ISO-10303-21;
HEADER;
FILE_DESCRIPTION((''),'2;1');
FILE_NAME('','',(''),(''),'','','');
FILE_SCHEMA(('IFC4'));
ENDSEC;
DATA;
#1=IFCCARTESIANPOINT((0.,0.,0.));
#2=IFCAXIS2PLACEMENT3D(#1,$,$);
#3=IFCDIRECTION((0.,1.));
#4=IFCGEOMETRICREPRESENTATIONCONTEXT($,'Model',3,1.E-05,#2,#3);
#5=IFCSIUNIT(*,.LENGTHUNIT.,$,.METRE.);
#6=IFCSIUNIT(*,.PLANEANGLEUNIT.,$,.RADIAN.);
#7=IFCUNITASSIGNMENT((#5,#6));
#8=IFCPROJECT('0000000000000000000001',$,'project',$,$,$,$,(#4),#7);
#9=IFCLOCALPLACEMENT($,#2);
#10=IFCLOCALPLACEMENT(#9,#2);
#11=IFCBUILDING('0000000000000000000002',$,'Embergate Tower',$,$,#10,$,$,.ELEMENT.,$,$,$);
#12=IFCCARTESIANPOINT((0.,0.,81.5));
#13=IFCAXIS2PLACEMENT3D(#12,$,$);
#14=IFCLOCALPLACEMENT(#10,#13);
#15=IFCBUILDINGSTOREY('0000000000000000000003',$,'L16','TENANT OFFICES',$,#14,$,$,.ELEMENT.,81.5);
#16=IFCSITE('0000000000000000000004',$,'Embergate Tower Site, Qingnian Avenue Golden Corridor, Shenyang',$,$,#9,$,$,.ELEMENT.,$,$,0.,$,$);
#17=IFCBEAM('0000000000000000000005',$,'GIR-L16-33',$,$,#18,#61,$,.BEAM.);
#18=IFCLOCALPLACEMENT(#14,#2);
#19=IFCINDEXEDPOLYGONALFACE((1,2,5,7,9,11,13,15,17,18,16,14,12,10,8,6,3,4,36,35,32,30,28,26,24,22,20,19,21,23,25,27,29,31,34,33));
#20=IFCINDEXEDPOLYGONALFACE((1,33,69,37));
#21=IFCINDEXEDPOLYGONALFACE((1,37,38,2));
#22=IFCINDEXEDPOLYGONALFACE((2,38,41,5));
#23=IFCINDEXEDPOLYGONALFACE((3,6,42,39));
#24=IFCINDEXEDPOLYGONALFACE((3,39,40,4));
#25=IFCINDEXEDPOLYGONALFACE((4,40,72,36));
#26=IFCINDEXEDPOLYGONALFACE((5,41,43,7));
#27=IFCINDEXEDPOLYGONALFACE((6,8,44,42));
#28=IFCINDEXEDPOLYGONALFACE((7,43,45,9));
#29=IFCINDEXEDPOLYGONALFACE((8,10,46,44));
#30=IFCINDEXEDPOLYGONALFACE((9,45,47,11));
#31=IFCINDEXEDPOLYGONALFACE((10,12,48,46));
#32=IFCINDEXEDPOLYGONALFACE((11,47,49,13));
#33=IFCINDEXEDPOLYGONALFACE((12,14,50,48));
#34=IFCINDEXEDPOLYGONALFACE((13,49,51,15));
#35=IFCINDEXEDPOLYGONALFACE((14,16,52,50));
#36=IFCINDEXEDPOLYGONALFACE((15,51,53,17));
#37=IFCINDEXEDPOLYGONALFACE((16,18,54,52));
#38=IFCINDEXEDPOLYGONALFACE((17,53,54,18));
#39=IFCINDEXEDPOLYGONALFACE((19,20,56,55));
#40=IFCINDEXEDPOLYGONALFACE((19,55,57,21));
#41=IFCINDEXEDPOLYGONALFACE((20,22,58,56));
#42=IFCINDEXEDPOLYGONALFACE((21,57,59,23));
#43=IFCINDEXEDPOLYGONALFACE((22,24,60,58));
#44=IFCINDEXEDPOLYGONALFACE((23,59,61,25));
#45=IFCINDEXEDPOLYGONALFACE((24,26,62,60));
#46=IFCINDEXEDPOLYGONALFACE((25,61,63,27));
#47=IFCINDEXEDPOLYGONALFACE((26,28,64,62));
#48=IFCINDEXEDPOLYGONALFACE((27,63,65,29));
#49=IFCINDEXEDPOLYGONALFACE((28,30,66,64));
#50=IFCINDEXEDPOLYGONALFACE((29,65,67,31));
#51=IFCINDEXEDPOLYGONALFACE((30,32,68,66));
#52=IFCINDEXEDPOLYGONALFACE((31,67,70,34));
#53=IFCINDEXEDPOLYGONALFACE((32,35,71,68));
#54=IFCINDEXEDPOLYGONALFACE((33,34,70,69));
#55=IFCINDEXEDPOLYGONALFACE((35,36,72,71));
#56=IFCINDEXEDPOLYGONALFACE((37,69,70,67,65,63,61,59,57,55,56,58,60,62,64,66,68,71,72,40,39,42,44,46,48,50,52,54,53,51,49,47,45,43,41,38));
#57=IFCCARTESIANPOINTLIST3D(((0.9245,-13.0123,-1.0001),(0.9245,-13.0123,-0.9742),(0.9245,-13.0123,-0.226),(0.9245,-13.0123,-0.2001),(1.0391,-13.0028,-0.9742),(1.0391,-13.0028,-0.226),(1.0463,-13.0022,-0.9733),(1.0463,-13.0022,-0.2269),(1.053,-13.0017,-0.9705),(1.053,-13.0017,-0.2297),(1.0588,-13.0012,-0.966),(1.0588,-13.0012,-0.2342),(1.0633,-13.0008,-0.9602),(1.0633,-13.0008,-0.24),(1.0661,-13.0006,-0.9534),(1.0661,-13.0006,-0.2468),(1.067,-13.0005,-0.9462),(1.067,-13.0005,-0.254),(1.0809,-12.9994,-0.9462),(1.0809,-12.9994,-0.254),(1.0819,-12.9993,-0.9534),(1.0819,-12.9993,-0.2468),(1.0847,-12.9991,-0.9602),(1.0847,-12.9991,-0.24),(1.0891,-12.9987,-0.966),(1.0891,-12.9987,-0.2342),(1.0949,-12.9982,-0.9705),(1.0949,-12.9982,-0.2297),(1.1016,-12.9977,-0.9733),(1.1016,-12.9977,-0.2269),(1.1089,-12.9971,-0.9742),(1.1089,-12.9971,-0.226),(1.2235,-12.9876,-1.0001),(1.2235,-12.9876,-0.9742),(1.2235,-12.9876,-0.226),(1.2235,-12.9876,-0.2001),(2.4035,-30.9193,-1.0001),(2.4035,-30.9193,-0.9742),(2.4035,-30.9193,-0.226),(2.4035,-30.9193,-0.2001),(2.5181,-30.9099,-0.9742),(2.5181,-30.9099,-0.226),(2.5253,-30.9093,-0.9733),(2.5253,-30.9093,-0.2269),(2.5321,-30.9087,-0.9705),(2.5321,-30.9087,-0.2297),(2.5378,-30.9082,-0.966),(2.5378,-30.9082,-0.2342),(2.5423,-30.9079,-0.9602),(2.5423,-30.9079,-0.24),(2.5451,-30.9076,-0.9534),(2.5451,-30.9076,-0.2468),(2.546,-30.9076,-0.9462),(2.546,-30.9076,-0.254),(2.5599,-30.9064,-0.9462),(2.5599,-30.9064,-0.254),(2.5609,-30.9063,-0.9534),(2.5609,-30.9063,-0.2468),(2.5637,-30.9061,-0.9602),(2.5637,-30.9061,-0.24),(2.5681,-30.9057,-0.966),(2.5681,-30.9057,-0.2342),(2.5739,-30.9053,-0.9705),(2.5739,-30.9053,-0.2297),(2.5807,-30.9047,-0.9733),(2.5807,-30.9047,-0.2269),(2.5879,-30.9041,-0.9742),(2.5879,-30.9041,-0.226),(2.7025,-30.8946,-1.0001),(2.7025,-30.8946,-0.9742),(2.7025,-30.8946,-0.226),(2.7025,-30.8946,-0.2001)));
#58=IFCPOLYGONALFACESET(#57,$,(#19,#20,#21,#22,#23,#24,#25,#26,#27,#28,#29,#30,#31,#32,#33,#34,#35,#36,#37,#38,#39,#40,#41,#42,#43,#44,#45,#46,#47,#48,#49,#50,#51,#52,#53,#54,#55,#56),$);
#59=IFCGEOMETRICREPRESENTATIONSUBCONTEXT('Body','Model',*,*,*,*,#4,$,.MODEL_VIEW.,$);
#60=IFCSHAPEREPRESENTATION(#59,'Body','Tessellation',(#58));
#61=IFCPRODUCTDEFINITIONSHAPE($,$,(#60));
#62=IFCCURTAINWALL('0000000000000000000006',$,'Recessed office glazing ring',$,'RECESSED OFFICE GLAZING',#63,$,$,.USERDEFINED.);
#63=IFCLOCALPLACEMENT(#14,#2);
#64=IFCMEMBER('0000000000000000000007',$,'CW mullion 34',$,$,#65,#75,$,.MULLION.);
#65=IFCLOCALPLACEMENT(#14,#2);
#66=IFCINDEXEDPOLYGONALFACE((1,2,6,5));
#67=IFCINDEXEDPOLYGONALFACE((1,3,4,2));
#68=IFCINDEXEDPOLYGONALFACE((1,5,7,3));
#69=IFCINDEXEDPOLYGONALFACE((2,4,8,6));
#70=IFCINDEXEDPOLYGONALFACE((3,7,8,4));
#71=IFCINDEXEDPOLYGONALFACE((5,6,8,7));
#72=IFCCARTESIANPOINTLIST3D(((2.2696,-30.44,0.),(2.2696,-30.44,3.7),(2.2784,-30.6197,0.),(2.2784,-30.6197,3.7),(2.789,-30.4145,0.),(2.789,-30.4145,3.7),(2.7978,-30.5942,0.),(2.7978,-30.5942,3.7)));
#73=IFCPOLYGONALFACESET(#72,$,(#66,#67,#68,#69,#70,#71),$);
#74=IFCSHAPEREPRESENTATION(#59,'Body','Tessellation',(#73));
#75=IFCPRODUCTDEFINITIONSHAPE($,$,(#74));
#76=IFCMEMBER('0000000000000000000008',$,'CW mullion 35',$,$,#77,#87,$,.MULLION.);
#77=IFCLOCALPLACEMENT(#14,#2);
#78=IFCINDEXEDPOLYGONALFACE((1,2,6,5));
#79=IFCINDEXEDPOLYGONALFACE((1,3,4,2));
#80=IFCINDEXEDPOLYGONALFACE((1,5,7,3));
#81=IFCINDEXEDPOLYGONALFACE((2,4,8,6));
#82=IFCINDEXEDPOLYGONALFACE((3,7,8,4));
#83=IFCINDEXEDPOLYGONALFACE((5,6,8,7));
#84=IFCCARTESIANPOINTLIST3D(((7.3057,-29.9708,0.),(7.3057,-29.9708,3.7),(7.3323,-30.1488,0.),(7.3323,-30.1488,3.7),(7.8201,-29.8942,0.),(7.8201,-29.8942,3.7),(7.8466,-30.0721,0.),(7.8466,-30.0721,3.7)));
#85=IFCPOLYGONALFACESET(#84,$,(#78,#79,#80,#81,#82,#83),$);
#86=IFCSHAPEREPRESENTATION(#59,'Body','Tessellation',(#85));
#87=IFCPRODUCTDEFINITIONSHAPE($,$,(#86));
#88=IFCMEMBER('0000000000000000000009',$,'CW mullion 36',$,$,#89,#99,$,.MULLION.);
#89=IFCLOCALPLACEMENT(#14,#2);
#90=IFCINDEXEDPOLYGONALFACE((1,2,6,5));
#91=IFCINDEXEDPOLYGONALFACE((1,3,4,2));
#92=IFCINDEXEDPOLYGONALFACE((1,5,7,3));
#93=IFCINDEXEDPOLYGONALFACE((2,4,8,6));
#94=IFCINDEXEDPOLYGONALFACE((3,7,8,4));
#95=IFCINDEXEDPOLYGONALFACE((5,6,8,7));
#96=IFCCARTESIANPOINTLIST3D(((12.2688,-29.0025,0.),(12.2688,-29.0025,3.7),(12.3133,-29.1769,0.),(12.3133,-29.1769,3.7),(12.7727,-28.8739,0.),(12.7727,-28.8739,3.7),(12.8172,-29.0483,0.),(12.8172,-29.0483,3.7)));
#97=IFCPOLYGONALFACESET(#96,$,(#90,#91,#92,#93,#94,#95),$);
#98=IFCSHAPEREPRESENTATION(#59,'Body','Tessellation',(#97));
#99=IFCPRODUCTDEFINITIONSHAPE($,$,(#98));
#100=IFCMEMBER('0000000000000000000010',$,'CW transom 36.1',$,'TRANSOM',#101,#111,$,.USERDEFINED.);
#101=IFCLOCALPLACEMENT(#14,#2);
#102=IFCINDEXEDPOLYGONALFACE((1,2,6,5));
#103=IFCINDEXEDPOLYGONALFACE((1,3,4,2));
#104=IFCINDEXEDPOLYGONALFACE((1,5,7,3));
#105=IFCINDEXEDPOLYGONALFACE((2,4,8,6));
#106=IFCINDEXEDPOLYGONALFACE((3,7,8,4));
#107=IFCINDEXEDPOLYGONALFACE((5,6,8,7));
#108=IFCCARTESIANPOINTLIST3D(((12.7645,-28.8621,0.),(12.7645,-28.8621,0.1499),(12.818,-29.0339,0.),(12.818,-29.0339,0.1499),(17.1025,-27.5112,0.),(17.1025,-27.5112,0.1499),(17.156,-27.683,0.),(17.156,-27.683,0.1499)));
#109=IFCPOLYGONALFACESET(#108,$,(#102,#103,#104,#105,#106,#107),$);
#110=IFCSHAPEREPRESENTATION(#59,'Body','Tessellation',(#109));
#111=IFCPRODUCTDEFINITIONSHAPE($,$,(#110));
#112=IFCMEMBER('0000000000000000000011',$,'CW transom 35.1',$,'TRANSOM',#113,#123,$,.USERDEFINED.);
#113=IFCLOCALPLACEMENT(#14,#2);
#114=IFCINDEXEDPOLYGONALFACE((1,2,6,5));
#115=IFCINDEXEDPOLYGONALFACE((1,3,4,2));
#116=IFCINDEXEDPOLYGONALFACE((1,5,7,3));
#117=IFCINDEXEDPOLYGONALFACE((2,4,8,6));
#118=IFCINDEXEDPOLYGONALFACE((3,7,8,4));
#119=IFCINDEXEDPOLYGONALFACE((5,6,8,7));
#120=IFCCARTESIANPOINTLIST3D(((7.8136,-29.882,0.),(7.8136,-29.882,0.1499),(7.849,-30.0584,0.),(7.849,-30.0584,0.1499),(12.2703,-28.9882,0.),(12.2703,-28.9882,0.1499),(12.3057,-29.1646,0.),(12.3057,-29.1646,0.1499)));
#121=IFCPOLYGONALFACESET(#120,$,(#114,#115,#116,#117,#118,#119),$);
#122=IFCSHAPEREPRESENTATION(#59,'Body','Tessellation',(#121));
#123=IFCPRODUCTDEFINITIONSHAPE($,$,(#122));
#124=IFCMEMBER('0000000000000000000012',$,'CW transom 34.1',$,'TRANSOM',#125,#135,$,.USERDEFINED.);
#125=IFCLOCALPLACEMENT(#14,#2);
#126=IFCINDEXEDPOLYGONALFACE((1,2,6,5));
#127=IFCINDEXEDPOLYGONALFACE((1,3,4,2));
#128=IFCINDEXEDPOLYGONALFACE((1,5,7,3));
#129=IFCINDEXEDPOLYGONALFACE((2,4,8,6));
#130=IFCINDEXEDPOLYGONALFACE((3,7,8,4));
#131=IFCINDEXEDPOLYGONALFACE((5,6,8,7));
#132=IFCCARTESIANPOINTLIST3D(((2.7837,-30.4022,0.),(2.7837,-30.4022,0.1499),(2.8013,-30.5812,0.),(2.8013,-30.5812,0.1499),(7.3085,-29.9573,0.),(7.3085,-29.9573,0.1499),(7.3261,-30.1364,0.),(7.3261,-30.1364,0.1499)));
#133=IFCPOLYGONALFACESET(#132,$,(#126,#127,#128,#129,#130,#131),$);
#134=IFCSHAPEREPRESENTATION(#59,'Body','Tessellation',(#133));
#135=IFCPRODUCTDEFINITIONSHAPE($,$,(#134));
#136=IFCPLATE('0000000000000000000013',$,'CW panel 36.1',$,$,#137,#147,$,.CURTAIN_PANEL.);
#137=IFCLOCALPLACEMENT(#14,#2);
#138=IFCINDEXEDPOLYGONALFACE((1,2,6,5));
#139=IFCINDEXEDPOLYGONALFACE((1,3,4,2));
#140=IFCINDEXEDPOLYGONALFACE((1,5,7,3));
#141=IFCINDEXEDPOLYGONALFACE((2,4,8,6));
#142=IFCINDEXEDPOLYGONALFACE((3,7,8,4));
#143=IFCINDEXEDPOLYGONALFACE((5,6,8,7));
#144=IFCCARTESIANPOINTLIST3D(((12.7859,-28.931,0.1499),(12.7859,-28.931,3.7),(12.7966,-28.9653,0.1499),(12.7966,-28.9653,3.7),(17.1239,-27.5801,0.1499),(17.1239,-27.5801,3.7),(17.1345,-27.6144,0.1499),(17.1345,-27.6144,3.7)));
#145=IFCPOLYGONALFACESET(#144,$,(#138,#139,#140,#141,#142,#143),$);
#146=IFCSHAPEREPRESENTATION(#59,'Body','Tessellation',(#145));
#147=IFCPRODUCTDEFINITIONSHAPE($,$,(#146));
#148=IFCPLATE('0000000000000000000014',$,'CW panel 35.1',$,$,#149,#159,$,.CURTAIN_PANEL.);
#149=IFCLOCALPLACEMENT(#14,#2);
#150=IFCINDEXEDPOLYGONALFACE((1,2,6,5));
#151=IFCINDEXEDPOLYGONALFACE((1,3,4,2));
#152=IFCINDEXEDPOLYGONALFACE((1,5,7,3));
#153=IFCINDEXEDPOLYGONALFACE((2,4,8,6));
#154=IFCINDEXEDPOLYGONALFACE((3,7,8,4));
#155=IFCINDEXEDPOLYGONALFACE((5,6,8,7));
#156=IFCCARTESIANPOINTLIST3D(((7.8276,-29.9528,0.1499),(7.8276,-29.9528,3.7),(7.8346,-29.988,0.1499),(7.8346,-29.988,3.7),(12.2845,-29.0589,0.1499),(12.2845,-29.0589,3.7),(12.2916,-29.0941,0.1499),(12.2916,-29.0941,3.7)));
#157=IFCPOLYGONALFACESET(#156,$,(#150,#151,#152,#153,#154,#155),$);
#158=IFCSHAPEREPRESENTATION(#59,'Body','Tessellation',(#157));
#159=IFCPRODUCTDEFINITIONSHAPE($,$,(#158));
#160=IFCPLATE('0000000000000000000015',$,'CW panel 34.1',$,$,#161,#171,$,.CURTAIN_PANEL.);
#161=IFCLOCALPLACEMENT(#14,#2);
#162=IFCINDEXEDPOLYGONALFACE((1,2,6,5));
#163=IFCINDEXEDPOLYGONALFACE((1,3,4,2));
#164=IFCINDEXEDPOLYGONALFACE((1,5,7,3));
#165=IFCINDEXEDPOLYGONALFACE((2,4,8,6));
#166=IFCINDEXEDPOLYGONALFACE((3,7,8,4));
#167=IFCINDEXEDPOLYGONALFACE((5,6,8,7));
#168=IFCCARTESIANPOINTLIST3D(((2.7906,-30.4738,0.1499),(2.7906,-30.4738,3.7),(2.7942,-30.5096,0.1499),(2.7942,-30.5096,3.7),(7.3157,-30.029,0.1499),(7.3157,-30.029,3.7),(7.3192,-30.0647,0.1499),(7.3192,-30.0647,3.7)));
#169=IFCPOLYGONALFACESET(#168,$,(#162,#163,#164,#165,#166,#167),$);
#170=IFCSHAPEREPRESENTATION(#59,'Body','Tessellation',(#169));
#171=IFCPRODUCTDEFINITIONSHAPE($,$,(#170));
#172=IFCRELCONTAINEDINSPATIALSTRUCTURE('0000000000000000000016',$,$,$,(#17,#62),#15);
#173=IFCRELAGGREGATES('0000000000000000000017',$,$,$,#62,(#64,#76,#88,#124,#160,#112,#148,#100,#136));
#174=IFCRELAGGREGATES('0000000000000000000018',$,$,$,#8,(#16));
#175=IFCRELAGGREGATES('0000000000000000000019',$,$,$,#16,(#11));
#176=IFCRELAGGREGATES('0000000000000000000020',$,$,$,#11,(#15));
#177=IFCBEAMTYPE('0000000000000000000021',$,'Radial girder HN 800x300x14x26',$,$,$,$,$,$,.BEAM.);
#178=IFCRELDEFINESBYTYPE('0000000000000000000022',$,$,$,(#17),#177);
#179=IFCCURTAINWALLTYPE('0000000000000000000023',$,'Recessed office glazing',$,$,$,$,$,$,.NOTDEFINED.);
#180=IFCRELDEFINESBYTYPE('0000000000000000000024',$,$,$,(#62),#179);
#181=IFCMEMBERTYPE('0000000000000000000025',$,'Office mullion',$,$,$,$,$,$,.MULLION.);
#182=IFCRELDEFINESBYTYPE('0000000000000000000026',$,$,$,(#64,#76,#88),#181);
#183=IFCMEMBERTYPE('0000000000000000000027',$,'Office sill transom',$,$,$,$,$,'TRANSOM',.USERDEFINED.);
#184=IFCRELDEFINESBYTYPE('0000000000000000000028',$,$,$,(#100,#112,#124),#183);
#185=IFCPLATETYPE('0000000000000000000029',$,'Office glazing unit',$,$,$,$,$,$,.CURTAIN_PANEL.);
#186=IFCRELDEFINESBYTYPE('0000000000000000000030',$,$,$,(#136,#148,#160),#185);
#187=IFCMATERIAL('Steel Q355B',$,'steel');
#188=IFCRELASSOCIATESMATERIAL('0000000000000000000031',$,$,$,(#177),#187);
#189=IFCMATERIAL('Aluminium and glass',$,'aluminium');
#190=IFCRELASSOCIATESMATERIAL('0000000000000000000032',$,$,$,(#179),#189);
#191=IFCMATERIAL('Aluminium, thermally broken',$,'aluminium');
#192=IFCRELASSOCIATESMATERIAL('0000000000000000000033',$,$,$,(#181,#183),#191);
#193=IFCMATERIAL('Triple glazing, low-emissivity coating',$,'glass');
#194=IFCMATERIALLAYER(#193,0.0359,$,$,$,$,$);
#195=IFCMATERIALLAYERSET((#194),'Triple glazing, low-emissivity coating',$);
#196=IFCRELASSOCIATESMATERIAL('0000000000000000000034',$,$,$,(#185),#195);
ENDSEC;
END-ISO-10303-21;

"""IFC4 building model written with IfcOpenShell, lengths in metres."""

from ifc_helpers import new_model, si_unit, direction, frame, origin, origin_2d, place, context, subcontext, project, spatial, rectangle, i_section, extrude, source, transform, mapped, material, layer, layer_set, material_profile, profile_set, type_object, element, aggregate, save


model = new_model("IFC4")

# Units and contexts
model_context = context("Model", 3, precision=1e-05, world=origin(), true_north=direction((0.0, 1.0)))
body_context = subcontext(model_context, "Body", "Model", "MODEL_VIEW")
ifc_project = project(units=[si_unit("LENGTHUNIT", "METRE"), si_unit("PLANEANGLEUNIT", "RADIAN")], contexts=[model_context])

# Site, building, storey
site_placement = place(None, origin())
site = spatial("IfcSite", under=ifc_project, at=site_placement, Name="Embergate Tower Site, Qingnian Avenue Golden Corridor, Shenyang", CompositionType="ELEMENT", RefElevation=0.0)
building_placement = place(site_placement, origin())
building = spatial("IfcBuilding", under=site, at=building_placement, Name="Embergate Tower", CompositionType="ELEMENT")
storey_placement = place(building_placement, frame((0.0, 0.0, 81.5)))
storey = spatial("IfcBuildingStorey", under=building, at=storey_placement, Name="L16", Description="TENANT OFFICES", CompositionType="ELEMENT", Elevation=81.5)

# Beam
ifc_material_1 = material(Name="Steel Q355B", Category="steel")
ifc_material_profile_1 = material_profile(ifc_material_1, i_section(OverallWidth=0.3, OverallDepth=0.8, WebThickness=0.0139, FlangeThickness=0.0259, FilletRadius=0.0281, at=origin_2d()), Name="HN 800x300x14x26")
ifc_profile_set_1 = profile_set([ifc_material_profile_1], Name="Steel Q355 grade B")
beam_type_1 = type_object("IfcBeamType", Name="Radial girder HN 800x300x14x26", PredefinedType="BEAM", material=ifc_profile_set_1)
shared_shape_1 = source(origin(), body_context, "Body", "SweptSolid", [
    extrude(i_section(OverallWidth=0.3, OverallDepth=0.8, WebThickness=0.0139, FlangeThickness=0.0259, FilletRadius=0.0281, at=origin_2d()), origin(), (0.0, 0.0, 1.0), 17.968),
])
beam_1_placement = place(storey_placement, frame((2.553, -30.907, -0.6001), z_axis=(-0.082313, 0.996606, 0.0), x_axis=(-0.996606, -0.082313, 0.0)))
element("IfcBeam", 1, at=beam_1_placement, inside=storey, type_object=beam_type_1, Name="GIR-L16-33", PredefinedType="BEAM", context=body_context, shape_type="MappedRepresentation", body=[
    mapped(shared_shape_1, transform((0.0, 0.0, 0.0))),
])

# Curtain wall, members, plates
ifc_material_2 = material(Name="Aluminium and glass", Category="aluminium")
curtain_wall_type = type_object("IfcCurtainWallType", Name="Recessed office glazing", PredefinedType="NOTDEFINED", material=ifc_material_2)
curtain_wall_placement = place(storey_placement, origin())
curtain_wall = element("IfcCurtainWall", 2, at=curtain_wall_placement, inside=storey, type_object=curtain_wall_type, Name="Recessed office glazing ring", ObjectType="RECESSED OFFICE GLAZING", PredefinedType="USERDEFINED")
ifc_material_3 = material(Name="Aluminium, thermally broken", Category="aluminium")
ifc_material_profile_2 = material_profile(ifc_material_3, rectangle(XDim=0.1799, YDim=0.52, at=origin_2d()), Name="AL 520x180")
ifc_profile_set_2 = profile_set([ifc_material_profile_2], Name="Aluminium, thermally broken")
member_type_1 = type_object("IfcMemberType", Name="Office mullion", PredefinedType="MULLION", material=ifc_profile_set_2)
shared_shape_2 = source(origin(), body_context, "Body", "SweptSolid", [
    extrude(rectangle(XDim=0.1799, YDim=0.52, at=origin_2d()), origin(), (0.0, 0.0, 1.0), 3.7),
])
member_1_placement = place(storey_placement, frame((2.5337, -30.5171, 0.0), z_axis=(0.0, 0.0, 1.0), x_axis=(-0.048972, 0.9988, 0.0)))
member_1 = element("IfcMember", 3, at=member_1_placement, type_object=member_type_1, Name="CW mullion 34", PredefinedType="MULLION", context=body_context, shape_type="MappedRepresentation", body=[
    mapped(shared_shape_2, transform((0.0, 0.0, 0.0))),
])
member_2_placement = place(storey_placement, frame((7.5762, -30.0215, 0.0), z_axis=(0.0, 0.0, 1.0), x_axis=(-0.147412, 0.989075, 0.0)))
member_2 = element("IfcMember", 4, at=member_2_placement, type_object=member_type_1, Name="CW mullion 35", PredefinedType="MULLION", context=body_context, shape_type="MappedRepresentation", body=[
    mapped(shared_shape_2, transform((0.0, 0.0, 0.0))),
])
member_3_placement = place(storey_placement, frame((12.543, -29.0254, 0.0), z_axis=(0.0, 0.0, 1.0), x_axis=(-0.247312, 0.968936, 0.0)))
member_3 = element("IfcMember", 5, at=member_3_placement, type_object=member_type_1, Name="CW mullion 36", PredefinedType="MULLION", context=body_context, shape_type="MappedRepresentation", body=[
    mapped(shared_shape_2, transform((0.0, 0.0, 0.0))),
])
ifc_material_profile_3 = material_profile(ifc_material_3, rectangle(XDim=0.1799, YDim=0.1499, at=origin_2d()), Name="AL 150x180")
ifc_profile_set_3 = profile_set([ifc_material_profile_3], Name="Aluminium, thermally broken")
member_type_2 = type_object("IfcMemberType", Name="Office sill transom", ElementType="TRANSOM", PredefinedType="USERDEFINED", material=ifc_profile_set_3)
shared_shape_3 = source(origin(), body_context, "Body", "SweptSolid", [
    extrude(rectangle(XDim=0.1799, YDim=0.1499, at=origin_2d()), origin(), (0.0, 0.0, 1.0), 4.5435),
])
member_4_placement = place(storey_placement, frame((12.7913, -28.948, 0.075), z_axis=(0.954778, 0.29732, 0.0), x_axis=(-0.29732, 0.954778, 0.0)))
member_4 = element("IfcMember", 6, at=member_4_placement, type_object=member_type_2, Name="CW transom 36.1", ObjectType="TRANSOM", PredefinedType="USERDEFINED", context=body_context, shape_type="MappedRepresentation", body=[
    mapped(shared_shape_3, transform((0.0, 0.0, 0.0))),
])
shared_shape_4 = source(origin(), body_context, "Body", "SweptSolid", [
    extrude(rectangle(XDim=0.1799, YDim=0.1499, at=origin_2d()), origin(), (0.0, 0.0, 1.0), 4.5454),
])
member_5_placement = place(storey_placement, frame((7.8313, -29.9702, 0.075), z_axis=(0.980477, 0.196633, 0.0), x_axis=(-0.196633, 0.980477, 0.0)))
member_5 = element("IfcMember", 7, at=member_5_placement, type_object=member_type_2, Name="CW transom 35.1", ObjectType="TRANSOM", PredefinedType="USERDEFINED", context=body_context, shape_type="MappedRepresentation", body=[
    mapped(shared_shape_4, transform((0.0, 0.0, 0.0))),
])
shared_shape_5 = source(origin(), body_context, "Body", "SweptSolid", [
    extrude(rectangle(XDim=0.1799, YDim=0.1499, at=origin_2d()), origin(), (0.0, 0.0, 1.0), 4.5466),
])
member_6_placement = place(storey_placement, frame((2.7925, -30.4917, 0.075), z_axis=(0.995203, 0.097834, 0.0), x_axis=(-0.097834, 0.995203, 0.0)))
member_6 = element("IfcMember", 8, at=member_6_placement, type_object=member_type_2, Name="CW transom 34.1", ObjectType="TRANSOM", PredefinedType="USERDEFINED", context=body_context, shape_type="MappedRepresentation", body=[
    mapped(shared_shape_5, transform((0.0, 0.0, 0.0))),
])
ifc_material_4 = material(Name="Triple glazing, low-emissivity coating", Category="glass")
ifc_layer_1 = layer(ifc_material_4, 0.0359)
ifc_layer_set_1 = layer_set([ifc_layer_1], Name="Triple glazing, low-emissivity coating")
plate_type = type_object("IfcPlateType", Name="Office glazing unit", PredefinedType="CURTAIN_PANEL", material=ifc_layer_set_1)
shared_shape_6 = source(origin(), body_context, "Body", "SweptSolid", [
    extrude(rectangle(XDim=4.5435, YDim=0.0359, at=origin_2d()), origin(), (0.0, 0.0, 1.0), 3.55),
])
plate_1_placement = place(storey_placement, frame((14.9602, -28.2727, 0.1499), z_axis=(0.0, 0.0, 1.0), x_axis=(0.954772, 0.297338, 0.0)))
plate_1 = element("IfcPlate", 9, at=plate_1_placement, type_object=plate_type, Name="CW panel 36.1", PredefinedType="CURTAIN_PANEL", context=body_context, shape_type="MappedRepresentation", body=[
    mapped(shared_shape_6, transform((0.0, 0.0, 0.0))),
])
shared_shape_7 = source(origin(), body_context, "Body", "SweptSolid", [
    extrude(rectangle(XDim=4.5457, YDim=0.0359, at=origin_2d()), origin(), (0.0, 0.0, 1.0), 3.55),
])
plate_2_placement = place(storey_placement, frame((10.0596, -29.5234, 0.1499), z_axis=(0.0, 0.0, 1.0), x_axis=(0.980476, 0.196639, 0.0)))
plate_2 = element("IfcPlate", 10, at=plate_2_placement, type_object=plate_type, Name="CW panel 35.1", PredefinedType="CURTAIN_PANEL", context=body_context, shape_type="MappedRepresentation", body=[
    mapped(shared_shape_7, transform((0.0, 0.0, 0.0))),
])
shared_shape_8 = source(origin(), body_context, "Body", "SweptSolid", [
    extrude(rectangle(XDim=4.5469, YDim=0.0359, at=origin_2d()), origin(), (0.0, 0.0, 1.0), 3.55),
])
plate_3_placement = place(storey_placement, frame((5.0549, -30.2693, 0.1499), z_axis=(0.0, 0.0, 1.0), x_axis=(0.995203, 0.09783, 0.0)))
plate_3 = element("IfcPlate", 11, at=plate_3_placement, type_object=plate_type, Name="CW panel 34.1", PredefinedType="CURTAIN_PANEL", context=body_context, shape_type="MappedRepresentation", body=[
    mapped(shared_shape_8, transform((0.0, 0.0, 0.0))),
])
aggregate(curtain_wall, [member_1, member_2, member_3, member_6, plate_3, member_5, plate_2, member_4, plate_1])

save(model, "model.ifc")
